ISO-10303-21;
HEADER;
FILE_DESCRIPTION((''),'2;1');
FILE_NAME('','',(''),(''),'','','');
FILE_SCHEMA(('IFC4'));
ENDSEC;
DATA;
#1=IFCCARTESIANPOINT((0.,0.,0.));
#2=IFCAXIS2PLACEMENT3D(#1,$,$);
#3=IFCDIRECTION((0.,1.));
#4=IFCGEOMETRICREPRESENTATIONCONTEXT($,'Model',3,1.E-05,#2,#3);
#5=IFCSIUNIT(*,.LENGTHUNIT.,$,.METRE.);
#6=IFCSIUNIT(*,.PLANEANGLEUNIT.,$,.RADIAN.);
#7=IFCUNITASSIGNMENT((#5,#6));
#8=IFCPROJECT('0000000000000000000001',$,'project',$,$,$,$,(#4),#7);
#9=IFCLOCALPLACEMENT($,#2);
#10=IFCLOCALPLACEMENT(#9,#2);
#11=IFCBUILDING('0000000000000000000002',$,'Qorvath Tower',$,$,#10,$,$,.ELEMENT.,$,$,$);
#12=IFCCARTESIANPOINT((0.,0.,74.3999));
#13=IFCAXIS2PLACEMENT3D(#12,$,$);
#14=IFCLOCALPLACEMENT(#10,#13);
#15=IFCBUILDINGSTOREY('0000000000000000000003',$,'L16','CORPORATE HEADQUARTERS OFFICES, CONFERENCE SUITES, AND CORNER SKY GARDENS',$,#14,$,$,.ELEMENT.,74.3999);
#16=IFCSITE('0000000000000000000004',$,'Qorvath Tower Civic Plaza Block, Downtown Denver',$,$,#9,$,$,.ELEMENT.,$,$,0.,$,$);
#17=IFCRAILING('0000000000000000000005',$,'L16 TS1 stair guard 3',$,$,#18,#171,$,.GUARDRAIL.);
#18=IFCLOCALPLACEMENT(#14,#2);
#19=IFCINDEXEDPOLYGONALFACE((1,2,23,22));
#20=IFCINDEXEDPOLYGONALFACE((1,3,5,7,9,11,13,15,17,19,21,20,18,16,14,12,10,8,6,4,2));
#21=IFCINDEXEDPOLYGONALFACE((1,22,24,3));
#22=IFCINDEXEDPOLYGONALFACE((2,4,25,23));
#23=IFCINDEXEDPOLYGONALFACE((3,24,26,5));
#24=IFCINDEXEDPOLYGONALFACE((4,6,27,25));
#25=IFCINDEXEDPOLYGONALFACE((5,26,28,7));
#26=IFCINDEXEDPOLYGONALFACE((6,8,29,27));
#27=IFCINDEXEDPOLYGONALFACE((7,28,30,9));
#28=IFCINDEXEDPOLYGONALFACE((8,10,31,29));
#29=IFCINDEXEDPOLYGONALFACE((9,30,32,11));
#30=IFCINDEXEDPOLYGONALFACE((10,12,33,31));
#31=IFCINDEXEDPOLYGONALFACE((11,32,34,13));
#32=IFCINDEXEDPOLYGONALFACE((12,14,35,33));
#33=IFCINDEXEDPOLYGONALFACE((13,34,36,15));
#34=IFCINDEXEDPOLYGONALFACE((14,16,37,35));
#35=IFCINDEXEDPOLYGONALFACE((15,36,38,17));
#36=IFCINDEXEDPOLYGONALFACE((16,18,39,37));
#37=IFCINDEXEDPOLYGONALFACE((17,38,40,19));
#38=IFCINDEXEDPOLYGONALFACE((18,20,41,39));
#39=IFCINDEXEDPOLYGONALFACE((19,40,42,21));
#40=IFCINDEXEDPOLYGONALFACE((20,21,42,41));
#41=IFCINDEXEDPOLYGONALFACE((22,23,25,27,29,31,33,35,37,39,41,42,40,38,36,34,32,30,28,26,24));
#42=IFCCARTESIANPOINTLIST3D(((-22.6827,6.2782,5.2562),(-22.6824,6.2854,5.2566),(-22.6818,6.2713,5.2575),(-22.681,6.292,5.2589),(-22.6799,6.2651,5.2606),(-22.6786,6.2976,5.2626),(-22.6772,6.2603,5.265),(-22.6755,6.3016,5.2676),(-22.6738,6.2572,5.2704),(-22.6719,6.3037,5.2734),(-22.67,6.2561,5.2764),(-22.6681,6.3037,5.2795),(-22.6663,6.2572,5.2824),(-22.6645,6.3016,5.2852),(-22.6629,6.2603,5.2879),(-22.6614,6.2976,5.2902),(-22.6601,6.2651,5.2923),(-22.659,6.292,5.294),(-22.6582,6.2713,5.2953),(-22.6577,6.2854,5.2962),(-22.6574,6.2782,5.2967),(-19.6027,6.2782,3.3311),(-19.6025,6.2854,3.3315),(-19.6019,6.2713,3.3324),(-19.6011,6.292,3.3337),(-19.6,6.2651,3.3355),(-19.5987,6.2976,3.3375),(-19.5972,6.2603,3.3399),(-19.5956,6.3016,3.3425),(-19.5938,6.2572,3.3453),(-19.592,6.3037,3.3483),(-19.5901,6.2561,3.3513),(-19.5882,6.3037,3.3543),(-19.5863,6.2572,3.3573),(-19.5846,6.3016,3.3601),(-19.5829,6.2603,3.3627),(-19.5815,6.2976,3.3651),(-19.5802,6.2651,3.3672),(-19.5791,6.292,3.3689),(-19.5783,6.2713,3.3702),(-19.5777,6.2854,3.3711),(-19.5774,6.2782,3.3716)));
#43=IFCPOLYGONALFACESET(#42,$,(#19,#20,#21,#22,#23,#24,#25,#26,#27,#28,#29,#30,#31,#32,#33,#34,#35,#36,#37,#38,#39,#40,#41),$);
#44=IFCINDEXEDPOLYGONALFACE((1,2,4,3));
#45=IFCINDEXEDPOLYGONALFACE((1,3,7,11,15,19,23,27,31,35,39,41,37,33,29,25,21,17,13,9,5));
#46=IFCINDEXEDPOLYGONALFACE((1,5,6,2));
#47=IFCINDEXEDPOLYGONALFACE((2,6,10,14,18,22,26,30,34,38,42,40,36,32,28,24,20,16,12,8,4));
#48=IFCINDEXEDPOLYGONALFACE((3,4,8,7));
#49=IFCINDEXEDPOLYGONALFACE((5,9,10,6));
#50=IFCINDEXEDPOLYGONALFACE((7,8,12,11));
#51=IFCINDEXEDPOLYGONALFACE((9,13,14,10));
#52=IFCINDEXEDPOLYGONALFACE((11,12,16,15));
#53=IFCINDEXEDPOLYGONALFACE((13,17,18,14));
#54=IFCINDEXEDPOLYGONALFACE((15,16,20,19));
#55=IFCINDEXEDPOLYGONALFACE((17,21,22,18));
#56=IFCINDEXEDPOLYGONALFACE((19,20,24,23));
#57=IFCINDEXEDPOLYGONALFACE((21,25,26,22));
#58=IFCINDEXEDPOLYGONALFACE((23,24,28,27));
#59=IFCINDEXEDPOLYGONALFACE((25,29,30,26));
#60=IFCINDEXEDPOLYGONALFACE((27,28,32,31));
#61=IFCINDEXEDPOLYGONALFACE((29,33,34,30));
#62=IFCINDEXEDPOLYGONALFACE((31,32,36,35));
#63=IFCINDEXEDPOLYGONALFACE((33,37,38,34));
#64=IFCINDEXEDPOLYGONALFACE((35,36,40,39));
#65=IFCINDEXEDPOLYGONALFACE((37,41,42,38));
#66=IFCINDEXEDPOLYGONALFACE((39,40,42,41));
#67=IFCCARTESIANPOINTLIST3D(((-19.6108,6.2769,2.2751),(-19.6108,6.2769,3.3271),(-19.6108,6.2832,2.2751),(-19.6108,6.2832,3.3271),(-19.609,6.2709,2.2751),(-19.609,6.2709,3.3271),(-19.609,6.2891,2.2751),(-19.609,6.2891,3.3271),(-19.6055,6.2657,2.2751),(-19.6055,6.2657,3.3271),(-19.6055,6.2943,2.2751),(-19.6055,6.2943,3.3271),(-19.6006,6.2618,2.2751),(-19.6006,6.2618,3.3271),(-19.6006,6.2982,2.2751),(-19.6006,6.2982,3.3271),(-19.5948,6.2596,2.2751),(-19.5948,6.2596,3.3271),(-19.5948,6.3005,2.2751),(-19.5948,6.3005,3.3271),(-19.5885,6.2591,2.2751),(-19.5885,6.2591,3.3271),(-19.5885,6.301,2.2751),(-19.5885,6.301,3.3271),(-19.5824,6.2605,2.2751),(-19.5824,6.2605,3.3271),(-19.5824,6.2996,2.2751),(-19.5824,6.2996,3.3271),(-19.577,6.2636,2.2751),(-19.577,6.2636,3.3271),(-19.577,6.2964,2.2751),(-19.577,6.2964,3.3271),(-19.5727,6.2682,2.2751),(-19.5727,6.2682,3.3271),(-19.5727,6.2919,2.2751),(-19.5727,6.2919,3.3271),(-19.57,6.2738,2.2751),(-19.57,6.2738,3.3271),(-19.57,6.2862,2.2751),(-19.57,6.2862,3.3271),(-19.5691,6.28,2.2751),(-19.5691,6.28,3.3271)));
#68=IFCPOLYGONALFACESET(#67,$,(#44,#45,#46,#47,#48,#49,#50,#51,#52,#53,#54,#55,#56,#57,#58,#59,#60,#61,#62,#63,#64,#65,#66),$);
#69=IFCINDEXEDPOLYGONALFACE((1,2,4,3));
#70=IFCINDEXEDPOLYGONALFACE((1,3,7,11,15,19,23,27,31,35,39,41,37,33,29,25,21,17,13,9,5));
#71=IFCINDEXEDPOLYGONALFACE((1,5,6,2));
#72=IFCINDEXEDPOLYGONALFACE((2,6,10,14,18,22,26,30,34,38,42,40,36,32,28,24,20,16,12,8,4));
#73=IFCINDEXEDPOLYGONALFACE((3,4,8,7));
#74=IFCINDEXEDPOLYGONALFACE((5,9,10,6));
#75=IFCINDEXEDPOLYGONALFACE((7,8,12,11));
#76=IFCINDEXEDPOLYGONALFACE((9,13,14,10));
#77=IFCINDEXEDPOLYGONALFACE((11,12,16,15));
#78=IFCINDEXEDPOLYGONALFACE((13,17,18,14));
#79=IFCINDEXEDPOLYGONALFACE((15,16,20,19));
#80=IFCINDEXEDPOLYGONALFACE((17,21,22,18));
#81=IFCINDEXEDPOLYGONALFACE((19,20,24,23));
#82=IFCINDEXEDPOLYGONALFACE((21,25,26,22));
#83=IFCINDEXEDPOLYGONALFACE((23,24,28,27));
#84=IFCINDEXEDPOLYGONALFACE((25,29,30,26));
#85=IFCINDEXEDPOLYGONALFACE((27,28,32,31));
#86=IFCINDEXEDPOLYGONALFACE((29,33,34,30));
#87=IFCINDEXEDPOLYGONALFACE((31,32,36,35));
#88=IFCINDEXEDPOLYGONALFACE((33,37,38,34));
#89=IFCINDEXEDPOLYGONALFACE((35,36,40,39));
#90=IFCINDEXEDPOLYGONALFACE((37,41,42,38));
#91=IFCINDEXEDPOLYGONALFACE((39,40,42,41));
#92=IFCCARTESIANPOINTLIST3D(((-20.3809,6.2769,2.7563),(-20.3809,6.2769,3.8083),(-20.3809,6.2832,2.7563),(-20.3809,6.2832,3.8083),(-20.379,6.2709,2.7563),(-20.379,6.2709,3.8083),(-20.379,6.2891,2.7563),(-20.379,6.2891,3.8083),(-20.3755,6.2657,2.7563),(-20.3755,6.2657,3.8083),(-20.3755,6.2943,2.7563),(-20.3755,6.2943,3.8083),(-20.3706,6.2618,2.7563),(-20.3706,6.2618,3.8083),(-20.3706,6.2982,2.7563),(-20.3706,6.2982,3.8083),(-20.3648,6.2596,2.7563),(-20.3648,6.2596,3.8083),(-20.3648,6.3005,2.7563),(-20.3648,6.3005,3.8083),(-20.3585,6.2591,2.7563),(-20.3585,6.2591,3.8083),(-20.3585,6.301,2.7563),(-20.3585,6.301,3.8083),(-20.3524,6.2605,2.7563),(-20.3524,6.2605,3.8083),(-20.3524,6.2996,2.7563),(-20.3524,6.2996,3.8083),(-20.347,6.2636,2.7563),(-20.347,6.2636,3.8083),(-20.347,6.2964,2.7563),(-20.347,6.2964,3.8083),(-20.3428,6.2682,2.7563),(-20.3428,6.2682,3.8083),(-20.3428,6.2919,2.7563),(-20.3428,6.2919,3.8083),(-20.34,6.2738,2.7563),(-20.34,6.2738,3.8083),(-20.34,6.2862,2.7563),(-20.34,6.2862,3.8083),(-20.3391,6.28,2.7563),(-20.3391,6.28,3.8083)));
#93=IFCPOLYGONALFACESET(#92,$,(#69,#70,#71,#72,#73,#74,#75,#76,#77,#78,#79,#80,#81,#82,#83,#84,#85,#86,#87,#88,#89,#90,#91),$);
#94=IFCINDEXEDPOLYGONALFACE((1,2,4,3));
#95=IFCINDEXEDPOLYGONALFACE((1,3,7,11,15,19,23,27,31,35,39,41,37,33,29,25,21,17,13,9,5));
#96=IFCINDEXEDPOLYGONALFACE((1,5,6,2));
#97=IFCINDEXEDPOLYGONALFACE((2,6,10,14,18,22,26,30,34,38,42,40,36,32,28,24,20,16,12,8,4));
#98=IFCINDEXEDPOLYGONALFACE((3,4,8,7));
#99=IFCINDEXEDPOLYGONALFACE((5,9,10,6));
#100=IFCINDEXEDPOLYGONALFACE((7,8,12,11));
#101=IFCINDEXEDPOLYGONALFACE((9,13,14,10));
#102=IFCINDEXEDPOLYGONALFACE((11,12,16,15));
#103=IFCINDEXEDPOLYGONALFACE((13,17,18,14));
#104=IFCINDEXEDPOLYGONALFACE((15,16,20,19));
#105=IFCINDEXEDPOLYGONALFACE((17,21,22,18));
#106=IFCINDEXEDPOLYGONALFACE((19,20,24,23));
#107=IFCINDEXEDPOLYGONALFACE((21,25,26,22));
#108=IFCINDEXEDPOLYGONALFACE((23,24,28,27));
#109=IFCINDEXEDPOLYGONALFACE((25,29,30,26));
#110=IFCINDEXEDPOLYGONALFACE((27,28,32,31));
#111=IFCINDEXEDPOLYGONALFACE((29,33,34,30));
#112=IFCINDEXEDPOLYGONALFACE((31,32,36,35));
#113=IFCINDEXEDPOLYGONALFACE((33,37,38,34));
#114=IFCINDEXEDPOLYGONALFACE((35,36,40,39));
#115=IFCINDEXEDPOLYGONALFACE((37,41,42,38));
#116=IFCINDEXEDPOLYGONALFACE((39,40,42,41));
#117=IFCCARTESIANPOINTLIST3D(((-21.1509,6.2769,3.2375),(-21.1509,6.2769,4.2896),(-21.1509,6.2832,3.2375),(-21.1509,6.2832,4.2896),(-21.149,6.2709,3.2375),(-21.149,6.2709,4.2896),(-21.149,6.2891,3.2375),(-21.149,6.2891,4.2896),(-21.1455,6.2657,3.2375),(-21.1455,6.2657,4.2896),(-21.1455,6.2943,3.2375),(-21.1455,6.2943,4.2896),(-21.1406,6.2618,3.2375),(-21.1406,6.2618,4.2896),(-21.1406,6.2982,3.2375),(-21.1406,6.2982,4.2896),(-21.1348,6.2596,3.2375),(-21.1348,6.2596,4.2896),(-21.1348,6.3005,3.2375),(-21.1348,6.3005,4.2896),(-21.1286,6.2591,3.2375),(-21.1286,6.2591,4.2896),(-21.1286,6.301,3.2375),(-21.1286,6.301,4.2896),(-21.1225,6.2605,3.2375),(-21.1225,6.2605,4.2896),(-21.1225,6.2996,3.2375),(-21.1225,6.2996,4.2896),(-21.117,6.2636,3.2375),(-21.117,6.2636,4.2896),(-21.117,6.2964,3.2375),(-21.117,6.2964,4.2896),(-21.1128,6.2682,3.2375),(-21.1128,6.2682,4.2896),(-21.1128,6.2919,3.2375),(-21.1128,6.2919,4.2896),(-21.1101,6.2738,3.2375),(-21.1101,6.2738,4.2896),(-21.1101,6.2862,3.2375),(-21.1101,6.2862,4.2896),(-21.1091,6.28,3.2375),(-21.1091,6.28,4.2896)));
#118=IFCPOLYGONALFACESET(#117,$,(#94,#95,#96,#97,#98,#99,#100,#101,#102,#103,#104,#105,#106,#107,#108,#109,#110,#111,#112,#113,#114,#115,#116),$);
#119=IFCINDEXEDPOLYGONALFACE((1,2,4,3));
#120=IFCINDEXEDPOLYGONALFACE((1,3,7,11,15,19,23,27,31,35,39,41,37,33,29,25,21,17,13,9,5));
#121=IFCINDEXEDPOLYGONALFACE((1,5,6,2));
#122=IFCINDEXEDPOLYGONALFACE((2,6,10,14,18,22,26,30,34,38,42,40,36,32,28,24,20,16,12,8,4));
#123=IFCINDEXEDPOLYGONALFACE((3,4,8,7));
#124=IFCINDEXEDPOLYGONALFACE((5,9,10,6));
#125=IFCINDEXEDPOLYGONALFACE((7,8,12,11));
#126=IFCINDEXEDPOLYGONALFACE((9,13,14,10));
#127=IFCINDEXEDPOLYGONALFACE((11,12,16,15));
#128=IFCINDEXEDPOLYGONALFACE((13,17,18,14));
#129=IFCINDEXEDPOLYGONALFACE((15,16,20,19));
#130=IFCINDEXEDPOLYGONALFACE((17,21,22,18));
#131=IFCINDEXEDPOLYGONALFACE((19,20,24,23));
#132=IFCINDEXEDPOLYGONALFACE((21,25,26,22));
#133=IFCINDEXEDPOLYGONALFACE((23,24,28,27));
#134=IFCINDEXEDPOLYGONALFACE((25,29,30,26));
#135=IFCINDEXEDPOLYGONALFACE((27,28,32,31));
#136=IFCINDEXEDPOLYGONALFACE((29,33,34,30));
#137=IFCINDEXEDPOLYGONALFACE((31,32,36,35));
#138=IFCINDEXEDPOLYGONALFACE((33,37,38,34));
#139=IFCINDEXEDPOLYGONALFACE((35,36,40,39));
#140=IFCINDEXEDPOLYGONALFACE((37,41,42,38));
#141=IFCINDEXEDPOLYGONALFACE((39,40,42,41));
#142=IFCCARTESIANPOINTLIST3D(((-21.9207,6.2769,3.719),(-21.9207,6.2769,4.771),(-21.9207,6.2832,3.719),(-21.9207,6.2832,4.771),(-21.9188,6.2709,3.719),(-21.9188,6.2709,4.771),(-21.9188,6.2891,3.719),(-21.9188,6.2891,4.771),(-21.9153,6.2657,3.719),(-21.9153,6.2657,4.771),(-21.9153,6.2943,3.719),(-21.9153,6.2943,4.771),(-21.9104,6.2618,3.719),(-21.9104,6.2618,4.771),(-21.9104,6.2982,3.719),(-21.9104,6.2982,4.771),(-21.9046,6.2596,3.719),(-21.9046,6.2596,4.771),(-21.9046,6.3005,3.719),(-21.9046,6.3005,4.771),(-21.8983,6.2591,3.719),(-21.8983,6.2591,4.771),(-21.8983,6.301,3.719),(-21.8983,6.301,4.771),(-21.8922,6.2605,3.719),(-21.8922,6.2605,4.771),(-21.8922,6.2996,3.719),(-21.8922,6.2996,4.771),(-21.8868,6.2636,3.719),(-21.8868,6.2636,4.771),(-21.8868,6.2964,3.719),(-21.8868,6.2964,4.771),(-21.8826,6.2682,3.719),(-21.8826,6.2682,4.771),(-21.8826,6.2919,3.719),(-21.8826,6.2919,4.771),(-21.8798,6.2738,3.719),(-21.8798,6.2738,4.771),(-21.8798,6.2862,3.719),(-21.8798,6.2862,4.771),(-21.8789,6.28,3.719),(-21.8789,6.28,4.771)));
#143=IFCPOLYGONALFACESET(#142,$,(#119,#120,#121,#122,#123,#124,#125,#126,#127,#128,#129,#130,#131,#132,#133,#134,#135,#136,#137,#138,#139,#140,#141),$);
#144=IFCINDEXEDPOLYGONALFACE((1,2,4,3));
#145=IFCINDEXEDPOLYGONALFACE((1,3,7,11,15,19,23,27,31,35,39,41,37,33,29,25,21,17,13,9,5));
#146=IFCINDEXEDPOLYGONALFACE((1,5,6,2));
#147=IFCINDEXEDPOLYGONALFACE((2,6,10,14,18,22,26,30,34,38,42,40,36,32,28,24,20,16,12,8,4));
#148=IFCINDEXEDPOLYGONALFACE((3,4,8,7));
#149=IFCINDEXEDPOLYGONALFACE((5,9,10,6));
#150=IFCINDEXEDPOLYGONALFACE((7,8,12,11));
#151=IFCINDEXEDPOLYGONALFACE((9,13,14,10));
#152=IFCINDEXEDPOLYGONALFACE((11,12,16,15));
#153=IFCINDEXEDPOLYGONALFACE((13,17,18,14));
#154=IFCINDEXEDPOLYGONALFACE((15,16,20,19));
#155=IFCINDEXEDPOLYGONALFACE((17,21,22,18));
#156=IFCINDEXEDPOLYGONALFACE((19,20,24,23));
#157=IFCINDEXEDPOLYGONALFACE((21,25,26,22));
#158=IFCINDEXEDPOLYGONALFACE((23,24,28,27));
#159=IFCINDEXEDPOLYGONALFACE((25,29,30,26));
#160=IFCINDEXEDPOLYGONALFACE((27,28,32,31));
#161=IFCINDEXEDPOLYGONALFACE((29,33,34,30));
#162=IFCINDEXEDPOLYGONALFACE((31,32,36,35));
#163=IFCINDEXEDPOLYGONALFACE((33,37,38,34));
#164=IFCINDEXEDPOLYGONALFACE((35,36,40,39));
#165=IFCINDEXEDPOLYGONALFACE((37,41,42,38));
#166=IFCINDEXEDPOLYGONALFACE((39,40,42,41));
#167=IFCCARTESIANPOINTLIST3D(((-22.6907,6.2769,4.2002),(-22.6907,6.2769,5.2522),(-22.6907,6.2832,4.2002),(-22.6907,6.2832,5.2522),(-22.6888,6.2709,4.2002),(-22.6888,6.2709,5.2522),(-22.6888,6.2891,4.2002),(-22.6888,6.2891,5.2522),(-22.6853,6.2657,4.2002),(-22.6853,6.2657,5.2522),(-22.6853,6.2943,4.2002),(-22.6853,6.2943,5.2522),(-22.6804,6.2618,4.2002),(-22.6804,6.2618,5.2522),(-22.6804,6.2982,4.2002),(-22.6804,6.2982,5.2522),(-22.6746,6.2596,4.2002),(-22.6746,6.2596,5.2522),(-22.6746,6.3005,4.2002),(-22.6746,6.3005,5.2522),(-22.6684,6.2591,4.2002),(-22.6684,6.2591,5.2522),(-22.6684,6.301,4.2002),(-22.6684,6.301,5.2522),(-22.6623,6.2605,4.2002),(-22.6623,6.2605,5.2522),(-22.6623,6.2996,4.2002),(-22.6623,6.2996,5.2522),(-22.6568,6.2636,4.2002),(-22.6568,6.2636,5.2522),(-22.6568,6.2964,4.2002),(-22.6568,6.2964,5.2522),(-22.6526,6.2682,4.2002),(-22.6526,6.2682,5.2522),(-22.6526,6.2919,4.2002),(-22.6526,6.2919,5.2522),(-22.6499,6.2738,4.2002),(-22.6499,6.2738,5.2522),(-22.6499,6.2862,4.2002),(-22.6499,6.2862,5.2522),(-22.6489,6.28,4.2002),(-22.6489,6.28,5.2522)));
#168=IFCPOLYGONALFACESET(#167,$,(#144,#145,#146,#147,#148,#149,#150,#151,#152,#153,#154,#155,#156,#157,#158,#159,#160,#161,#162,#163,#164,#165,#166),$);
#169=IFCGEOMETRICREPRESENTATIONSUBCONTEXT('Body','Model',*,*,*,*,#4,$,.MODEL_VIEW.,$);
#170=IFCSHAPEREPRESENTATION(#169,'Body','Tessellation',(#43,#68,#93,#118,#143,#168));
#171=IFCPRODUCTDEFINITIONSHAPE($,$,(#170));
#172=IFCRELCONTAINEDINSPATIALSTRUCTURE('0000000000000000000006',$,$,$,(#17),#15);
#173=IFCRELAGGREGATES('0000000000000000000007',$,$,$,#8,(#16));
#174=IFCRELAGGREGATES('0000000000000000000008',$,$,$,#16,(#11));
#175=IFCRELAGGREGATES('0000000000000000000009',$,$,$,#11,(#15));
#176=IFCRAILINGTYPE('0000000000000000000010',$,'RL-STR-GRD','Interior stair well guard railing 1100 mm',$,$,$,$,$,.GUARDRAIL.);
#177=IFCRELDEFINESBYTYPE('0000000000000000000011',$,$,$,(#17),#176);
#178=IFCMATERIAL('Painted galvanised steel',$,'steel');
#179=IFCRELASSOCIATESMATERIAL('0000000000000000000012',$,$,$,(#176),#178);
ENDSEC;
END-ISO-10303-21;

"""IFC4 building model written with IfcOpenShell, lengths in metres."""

from ifc_helpers import new_model, si_unit, direction, frame, origin, origin_2d, place, context, subcontext, project, spatial, circle, extrude, material, type_object, element, save


model = new_model("IFC4")

# Units and contexts
model_context = context("Model", 3, precision=1e-05, world=origin(), true_north=direction((0.0, 1.0)))
body_context = subcontext(model_context, "Body", "Model", "MODEL_VIEW")
ifc_project = project(units=[si_unit("LENGTHUNIT", "METRE"), si_unit("PLANEANGLEUNIT", "RADIAN")], contexts=[model_context])

# Site, building, storey
site_placement = place(None, origin())
site = spatial("IfcSite", under=ifc_project, at=site_placement, Name="Qorvath Tower Civic Plaza Block, Downtown Denver", CompositionType="ELEMENT", RefElevation=0.0)
building_placement = place(site_placement, origin())
building = spatial("IfcBuilding", under=site, at=building_placement, Name="Qorvath Tower", CompositionType="ELEMENT")
storey_placement = place(building_placement, frame((0.0, 0.0, 74.3999)))
storey = spatial("IfcBuildingStorey", under=building, at=storey_placement, Name="L16", Description="CORPORATE HEADQUARTERS OFFICES, CONFERENCE SUITES, AND CORNER SKY GARDENS", CompositionType="ELEMENT", Elevation=74.3999)

# Railing
ifc_material_1 = material(Name="Painted galvanised steel", Category="steel")
railing_type_1 = type_object("IfcRailingType", Name="RL-STR-GRD", Description="Interior stair well guard railing 1100 mm", PredefinedType="GUARDRAIL", material=ifc_material_1)
railing_1_placement = place(storey_placement, frame((-19.5901, 6.28, 2.2751)))
element("IfcRailing", 1, at=railing_1_placement, inside=storey, type_object=railing_type_1, Name="L16 TS1 stair guard 3", PredefinedType="GUARDRAIL", context=body_context, shape_type="SweptSolid", body=[
    extrude(circle(Radius=0.0239, at=origin_2d()), frame((0.0, 0.0, 1.0762), z_axis=(-0.847979, 0.0, 0.530029), x_axis=(0.0, -1.0, 0.0)), (0.0, 0.0, 1.0), 3.6321),
    extrude(circle(Radius=0.021, at=origin_2d()), origin(), (0.0, 0.0, 1.0), 1.052),
    extrude(circle(Radius=0.021, at=origin_2d()), frame((-0.77, 0.0, 0.4812)), (0.0, 0.0, 1.0), 1.052),
    extrude(circle(Radius=0.021, at=origin_2d()), frame((-1.54, 0.0, 0.9624)), (0.0, 0.0, 1.0), 1.052),
    extrude(circle(Radius=0.021, at=origin_2d()), frame((-2.3098, 0.0, 1.4438)), (0.0, 0.0, 1.0), 1.052),
    extrude(circle(Radius=0.021, at=origin_2d()), frame((-3.0798, 0.0, 1.925)), (0.0, 0.0, 1.0), 1.052),
])

save(model, "model.ifc")
